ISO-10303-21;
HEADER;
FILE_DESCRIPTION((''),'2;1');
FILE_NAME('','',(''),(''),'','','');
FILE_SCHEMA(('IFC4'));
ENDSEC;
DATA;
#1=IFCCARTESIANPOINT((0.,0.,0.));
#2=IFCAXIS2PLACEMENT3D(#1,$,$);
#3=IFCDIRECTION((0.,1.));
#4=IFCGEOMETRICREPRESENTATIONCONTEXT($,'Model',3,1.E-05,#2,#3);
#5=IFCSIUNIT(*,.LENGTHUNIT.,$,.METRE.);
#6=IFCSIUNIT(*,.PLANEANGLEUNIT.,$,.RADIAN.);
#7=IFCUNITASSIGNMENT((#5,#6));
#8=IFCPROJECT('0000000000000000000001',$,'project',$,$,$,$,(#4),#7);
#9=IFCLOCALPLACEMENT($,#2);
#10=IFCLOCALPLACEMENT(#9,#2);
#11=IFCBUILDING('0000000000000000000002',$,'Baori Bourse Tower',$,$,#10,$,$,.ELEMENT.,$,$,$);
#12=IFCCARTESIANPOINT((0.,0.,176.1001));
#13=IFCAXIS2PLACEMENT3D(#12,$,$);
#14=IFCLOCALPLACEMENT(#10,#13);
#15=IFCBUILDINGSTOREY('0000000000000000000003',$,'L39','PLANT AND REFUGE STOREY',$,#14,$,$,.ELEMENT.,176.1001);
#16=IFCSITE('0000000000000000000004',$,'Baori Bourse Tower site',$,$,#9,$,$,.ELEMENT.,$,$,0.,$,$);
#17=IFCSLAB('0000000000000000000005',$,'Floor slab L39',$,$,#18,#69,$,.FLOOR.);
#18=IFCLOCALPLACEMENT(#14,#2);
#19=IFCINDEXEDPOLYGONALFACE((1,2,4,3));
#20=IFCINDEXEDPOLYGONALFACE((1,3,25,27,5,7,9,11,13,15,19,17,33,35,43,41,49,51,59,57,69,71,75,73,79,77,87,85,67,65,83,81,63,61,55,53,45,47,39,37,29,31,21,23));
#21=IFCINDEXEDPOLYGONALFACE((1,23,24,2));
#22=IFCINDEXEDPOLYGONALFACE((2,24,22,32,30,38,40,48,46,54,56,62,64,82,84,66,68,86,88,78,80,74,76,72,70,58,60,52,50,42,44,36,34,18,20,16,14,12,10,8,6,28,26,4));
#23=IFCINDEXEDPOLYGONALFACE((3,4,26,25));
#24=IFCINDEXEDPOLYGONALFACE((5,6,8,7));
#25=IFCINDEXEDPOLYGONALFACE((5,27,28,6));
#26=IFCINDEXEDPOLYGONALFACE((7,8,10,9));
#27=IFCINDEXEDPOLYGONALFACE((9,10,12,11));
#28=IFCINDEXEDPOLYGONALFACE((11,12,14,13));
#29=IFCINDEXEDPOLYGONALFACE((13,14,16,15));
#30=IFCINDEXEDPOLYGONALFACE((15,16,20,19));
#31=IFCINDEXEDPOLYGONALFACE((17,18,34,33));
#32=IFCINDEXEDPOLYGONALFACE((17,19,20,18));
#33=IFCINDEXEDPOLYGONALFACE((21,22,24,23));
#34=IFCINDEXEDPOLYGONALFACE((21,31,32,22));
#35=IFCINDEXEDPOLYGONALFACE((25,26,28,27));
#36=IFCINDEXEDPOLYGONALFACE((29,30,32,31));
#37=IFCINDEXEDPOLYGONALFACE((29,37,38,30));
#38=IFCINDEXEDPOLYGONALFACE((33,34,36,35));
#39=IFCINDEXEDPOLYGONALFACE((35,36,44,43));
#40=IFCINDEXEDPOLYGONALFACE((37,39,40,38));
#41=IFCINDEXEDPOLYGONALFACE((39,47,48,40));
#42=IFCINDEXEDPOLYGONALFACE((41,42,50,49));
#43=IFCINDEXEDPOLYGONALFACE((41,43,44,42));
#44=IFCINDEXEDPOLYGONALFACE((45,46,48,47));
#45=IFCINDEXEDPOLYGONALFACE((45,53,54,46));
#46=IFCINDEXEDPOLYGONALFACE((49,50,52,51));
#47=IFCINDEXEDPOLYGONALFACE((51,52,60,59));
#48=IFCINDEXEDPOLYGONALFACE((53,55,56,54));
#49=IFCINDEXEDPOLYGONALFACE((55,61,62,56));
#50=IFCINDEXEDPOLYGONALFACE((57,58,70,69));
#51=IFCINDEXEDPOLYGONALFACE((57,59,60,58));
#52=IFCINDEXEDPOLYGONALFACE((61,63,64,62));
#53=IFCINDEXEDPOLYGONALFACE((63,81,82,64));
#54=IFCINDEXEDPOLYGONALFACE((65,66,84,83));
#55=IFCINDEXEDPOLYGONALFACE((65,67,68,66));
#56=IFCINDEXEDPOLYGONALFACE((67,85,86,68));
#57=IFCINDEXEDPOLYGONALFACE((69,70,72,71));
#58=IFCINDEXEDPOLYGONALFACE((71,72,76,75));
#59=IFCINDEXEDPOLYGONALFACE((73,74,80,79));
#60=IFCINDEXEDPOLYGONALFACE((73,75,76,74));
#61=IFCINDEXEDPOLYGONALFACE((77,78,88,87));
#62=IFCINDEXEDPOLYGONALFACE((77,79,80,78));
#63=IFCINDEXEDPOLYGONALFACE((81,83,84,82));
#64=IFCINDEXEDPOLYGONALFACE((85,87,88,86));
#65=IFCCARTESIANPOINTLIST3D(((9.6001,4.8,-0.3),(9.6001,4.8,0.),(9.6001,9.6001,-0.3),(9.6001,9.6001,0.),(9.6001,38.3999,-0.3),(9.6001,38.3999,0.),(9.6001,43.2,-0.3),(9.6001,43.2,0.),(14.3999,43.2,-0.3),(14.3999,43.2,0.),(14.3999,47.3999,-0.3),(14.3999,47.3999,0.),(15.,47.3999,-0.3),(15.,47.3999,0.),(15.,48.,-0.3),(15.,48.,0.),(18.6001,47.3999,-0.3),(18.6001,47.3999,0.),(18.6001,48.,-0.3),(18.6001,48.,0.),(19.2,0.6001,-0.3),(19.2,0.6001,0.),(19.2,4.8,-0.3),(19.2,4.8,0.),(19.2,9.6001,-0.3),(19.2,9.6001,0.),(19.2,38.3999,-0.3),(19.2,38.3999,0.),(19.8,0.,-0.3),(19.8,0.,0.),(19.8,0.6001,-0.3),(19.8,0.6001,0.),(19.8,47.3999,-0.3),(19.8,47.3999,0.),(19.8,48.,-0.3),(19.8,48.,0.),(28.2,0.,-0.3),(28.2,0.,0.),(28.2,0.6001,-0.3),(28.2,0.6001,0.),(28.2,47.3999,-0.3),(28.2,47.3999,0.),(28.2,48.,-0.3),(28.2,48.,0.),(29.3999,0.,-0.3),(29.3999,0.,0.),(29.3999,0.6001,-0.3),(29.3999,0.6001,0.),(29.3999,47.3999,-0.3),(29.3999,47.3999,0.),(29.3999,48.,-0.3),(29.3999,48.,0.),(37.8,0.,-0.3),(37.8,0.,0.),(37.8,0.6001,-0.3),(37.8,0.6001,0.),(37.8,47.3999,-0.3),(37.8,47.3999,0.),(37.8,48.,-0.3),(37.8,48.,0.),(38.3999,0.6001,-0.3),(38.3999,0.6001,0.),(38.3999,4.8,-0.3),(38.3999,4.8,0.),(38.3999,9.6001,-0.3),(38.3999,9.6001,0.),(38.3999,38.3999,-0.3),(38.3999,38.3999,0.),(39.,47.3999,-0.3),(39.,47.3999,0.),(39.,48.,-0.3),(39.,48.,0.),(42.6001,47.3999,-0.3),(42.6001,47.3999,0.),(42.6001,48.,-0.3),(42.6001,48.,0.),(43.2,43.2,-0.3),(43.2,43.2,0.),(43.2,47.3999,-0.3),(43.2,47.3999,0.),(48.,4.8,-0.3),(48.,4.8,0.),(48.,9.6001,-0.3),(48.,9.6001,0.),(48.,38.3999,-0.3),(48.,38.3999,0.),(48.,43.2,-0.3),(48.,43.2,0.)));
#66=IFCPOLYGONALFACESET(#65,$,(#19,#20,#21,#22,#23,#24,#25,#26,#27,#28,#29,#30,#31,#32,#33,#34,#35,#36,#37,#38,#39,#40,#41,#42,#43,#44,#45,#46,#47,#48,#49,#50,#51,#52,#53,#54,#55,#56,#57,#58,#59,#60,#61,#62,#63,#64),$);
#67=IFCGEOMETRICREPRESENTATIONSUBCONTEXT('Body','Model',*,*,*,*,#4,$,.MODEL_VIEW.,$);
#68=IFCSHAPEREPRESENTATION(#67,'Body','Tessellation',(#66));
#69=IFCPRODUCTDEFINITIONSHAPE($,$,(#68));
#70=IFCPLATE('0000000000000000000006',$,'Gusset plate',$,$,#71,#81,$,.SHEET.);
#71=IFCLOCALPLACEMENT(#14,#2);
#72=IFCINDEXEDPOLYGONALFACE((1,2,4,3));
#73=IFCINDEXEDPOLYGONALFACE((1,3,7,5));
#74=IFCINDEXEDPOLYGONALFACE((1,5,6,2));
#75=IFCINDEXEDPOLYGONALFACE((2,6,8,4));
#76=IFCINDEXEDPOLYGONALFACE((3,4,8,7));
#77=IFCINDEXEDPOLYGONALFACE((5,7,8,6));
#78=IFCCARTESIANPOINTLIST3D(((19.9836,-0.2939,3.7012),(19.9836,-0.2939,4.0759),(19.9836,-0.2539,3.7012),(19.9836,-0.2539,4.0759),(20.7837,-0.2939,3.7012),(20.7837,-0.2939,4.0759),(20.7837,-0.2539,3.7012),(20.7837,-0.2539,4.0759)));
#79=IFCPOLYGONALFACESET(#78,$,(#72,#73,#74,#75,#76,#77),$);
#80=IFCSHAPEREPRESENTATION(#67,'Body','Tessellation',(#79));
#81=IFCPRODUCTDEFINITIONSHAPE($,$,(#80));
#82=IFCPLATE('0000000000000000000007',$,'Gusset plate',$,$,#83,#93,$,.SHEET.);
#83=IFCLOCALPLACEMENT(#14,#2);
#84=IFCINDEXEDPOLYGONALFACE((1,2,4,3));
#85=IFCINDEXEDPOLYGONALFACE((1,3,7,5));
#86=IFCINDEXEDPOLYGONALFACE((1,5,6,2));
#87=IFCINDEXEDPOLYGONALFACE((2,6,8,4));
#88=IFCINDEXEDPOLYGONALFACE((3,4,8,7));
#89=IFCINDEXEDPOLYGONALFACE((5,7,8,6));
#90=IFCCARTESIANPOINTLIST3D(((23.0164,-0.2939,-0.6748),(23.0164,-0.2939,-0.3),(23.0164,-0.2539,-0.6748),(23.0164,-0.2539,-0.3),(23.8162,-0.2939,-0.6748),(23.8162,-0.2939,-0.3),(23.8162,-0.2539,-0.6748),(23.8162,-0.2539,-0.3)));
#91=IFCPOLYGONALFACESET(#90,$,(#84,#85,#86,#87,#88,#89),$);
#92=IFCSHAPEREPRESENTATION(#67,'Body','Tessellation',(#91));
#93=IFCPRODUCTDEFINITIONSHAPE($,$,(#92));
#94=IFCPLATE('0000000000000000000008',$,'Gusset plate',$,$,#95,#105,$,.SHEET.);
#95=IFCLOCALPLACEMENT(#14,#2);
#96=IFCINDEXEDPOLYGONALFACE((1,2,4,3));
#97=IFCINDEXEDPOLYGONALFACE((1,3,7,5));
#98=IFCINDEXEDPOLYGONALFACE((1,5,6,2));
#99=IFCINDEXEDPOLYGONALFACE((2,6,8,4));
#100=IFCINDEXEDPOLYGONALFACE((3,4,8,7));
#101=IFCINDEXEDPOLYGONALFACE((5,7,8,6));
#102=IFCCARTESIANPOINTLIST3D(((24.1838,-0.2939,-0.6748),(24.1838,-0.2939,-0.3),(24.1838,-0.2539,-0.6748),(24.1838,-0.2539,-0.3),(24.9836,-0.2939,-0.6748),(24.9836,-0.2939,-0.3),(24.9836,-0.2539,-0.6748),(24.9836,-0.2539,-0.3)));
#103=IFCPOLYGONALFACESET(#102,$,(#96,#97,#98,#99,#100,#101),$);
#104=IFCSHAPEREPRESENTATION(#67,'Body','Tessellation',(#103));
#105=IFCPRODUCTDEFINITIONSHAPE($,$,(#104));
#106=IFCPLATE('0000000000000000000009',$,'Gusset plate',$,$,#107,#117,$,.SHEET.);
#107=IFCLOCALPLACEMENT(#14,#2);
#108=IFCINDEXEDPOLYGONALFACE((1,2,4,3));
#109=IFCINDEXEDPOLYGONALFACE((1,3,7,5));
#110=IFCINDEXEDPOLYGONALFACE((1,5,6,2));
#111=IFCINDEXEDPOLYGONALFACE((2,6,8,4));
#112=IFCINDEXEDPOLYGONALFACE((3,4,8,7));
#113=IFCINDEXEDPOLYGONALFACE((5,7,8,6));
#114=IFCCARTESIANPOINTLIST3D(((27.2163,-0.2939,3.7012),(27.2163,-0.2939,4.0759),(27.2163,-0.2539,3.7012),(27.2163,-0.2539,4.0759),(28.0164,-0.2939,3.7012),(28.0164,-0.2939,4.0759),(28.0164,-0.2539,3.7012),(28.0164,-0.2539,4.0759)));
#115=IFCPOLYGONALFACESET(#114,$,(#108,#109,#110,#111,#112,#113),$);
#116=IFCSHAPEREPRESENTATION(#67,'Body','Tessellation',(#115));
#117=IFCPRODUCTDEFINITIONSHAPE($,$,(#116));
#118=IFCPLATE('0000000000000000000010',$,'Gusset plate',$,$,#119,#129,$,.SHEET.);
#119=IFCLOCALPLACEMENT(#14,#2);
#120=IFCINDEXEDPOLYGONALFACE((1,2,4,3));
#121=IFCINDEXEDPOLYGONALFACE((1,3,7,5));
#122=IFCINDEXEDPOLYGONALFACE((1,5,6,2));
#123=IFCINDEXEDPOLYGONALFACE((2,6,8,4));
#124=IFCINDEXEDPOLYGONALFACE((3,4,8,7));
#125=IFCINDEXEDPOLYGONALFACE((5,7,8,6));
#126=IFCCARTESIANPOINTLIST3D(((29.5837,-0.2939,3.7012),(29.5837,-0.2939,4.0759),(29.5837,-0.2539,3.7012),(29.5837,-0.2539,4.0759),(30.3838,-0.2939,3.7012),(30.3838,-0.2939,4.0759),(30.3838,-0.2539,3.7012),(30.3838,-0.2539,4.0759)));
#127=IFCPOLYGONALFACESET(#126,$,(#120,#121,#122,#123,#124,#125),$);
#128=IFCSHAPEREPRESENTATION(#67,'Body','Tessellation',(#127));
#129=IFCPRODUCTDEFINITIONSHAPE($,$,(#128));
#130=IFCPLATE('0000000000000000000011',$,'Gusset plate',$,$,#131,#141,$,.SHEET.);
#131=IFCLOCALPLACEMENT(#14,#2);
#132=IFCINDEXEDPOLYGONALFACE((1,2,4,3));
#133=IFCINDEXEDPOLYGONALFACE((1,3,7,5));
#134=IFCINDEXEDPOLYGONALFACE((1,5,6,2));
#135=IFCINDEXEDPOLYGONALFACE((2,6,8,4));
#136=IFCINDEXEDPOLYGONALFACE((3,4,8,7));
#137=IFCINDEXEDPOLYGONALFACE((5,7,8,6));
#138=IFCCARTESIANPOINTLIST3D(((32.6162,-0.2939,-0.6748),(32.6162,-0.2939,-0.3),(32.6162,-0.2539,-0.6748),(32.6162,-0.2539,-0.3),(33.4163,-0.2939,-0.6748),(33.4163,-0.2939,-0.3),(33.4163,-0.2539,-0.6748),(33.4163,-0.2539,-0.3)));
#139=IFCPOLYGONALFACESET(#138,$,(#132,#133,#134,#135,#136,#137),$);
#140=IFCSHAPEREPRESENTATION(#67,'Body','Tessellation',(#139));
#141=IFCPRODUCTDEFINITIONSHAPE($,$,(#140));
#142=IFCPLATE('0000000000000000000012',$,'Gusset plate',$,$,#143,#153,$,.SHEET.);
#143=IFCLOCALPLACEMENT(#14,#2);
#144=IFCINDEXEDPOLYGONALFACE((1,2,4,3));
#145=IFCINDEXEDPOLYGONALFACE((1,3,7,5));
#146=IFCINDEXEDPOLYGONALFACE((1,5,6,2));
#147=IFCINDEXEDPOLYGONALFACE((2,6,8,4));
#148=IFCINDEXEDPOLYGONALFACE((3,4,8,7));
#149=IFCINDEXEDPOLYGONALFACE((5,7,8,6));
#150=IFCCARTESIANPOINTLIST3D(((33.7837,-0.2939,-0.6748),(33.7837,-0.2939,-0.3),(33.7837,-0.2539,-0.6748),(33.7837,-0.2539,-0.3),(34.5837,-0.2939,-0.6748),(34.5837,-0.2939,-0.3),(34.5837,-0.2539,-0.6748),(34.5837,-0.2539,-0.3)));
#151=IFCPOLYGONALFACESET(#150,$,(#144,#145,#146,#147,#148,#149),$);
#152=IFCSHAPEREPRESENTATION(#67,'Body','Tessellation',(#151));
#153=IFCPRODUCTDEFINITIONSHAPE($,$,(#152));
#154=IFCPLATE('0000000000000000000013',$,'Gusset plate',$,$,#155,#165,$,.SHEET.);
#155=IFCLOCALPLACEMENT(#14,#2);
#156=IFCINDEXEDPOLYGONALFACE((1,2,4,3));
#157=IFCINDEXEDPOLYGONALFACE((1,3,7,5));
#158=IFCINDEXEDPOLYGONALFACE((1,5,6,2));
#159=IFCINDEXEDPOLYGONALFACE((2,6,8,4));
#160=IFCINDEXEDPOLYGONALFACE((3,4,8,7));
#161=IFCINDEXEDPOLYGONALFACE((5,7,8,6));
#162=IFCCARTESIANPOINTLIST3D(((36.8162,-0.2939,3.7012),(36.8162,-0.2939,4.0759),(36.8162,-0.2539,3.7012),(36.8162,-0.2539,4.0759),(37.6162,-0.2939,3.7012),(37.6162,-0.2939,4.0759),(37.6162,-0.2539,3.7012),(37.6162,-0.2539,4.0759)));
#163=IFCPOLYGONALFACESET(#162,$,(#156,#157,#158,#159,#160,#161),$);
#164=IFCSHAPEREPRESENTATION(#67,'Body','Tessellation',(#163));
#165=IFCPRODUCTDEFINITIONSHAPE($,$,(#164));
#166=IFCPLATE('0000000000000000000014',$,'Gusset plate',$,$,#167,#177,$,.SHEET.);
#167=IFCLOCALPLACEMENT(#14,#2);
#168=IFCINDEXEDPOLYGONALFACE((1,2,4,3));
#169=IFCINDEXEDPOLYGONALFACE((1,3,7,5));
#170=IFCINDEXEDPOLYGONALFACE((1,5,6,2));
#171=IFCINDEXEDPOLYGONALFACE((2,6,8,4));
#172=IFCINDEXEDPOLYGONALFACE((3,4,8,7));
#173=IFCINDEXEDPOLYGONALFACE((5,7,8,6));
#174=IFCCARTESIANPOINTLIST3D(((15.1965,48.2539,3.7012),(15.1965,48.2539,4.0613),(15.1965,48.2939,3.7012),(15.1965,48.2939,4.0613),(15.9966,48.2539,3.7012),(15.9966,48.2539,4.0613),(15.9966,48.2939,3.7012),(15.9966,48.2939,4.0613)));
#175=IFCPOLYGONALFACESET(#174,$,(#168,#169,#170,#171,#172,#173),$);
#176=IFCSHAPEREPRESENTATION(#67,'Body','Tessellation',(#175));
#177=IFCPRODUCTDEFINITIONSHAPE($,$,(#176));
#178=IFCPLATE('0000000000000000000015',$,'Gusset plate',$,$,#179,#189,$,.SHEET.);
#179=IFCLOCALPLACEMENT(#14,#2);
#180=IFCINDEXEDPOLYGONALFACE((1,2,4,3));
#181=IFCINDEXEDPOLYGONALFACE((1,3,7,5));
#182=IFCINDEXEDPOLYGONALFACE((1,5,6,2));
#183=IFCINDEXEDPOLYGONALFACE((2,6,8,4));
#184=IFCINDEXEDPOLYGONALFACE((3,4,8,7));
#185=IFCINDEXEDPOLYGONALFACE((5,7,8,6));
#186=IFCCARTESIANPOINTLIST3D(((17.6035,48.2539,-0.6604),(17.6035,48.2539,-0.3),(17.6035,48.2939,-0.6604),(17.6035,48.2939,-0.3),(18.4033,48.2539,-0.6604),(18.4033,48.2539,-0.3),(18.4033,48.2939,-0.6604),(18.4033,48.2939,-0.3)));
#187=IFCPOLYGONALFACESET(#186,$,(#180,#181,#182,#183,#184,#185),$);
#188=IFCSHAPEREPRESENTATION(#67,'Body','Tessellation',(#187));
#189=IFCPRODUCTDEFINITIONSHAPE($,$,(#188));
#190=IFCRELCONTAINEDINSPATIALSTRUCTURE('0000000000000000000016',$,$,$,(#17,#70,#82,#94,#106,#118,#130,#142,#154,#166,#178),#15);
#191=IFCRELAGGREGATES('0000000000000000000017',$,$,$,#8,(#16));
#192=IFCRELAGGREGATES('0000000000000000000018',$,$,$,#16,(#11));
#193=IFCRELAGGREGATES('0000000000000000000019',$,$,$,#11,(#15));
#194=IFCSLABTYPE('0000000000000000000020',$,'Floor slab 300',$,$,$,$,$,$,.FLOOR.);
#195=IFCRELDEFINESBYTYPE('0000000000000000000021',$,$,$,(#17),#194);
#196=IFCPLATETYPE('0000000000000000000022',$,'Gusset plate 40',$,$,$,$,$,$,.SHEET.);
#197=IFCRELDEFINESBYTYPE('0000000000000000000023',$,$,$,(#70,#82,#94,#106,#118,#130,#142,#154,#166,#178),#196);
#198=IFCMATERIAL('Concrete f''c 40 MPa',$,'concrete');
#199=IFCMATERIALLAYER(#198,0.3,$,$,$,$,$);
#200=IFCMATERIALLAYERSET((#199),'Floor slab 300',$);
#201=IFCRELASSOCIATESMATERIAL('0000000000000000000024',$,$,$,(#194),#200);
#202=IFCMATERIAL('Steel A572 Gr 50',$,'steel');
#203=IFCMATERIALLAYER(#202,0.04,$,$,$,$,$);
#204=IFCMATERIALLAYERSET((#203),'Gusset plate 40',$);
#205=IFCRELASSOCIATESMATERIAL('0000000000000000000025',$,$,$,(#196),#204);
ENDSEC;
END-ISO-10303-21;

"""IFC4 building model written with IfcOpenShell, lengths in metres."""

from ifc_helpers import new_model, si_unit, direction, frame, origin, place, context, subcontext, project, spatial, polyline, outline, extrude, material, layer, layer_set, type_object, element, save


model = new_model("IFC4")

# Units and contexts
model_context = context("Model", 3, precision=1e-05, world=origin(), true_north=direction((0.0, 1.0)))
body_context = subcontext(model_context, "Body", "Model", "MODEL_VIEW")
ifc_project = project(units=[si_unit("LENGTHUNIT", "METRE"), si_unit("PLANEANGLEUNIT", "RADIAN")], contexts=[model_context])

# Site, building, storey
site_placement = place(None, origin())
site = spatial("IfcSite", under=ifc_project, at=site_placement, Name="Baori Bourse Tower site", CompositionType="ELEMENT", RefElevation=0.0)
building_placement = place(site_placement, origin())
building = spatial("IfcBuilding", under=site, at=building_placement, Name="Baori Bourse Tower", CompositionType="ELEMENT")
storey_placement = place(building_placement, frame((0.0, 0.0, 176.1001)))
storey = spatial("IfcBuildingStorey", under=building, at=storey_placement, Name="L39", Description="PLANT AND REFUGE STOREY", CompositionType="ELEMENT", Elevation=176.1001)

# Slab
ifc_material_1 = material(Name="Concrete f'c 40 MPa", Category="concrete")
ifc_layer_1 = layer(ifc_material_1, 0.3)
ifc_layer_set_1 = layer_set([ifc_layer_1], Name="Floor slab 300")
slab_type = type_object("IfcSlabType", Name="Floor slab 300", PredefinedType="FLOOR", material=ifc_layer_set_1)
slab_placement = place(storey_placement, frame((0.0, 0.0, -0.3)))
element("IfcSlab", 1, at=slab_placement, inside=storey, type_object=slab_type, Name="Floor slab L39", PredefinedType="FLOOR", context=body_context, shape_type="SweptSolid", body=[
    extrude(outline(polyline([(19.2, 4.8), (9.6001, 4.8), (9.6001, 9.6001), (19.2, 9.6001), (19.2, 38.3999), (9.6001, 38.3999), (9.6001, 43.2), (14.3999, 43.2), (14.3999, 47.3999), (15.0, 47.3999), (15.0, 48.0), (18.6001, 48.0), (18.6001, 47.3999), (19.8, 47.3999), (19.8, 48.0), (28.2, 48.0), (28.2, 47.3999), (29.3999, 47.3999), (29.3999, 48.0), (37.8, 48.0), (37.8, 47.3999), (39.0, 47.3999), (39.0, 48.0), (42.6001, 48.0), (42.6001, 47.3999), (43.2, 47.3999), (43.2, 43.2), (48.0, 43.2), (48.0, 38.3999), (38.3999, 38.3999), (38.3999, 9.6001), (48.0, 9.6001), (48.0, 4.8), (38.3999, 4.8), (38.3999, 0.6001), (37.8, 0.6001), (37.8, 0.0), (29.3999, 0.0), (29.3999, 0.6001), (28.2, 0.6001), (28.2, 0.0), (19.8, 0.0), (19.8, 0.6001), (19.2, 0.6001), (19.2, 4.8)])), origin(), (0.0, 0.0, 1.0), 0.3),
])

# Plates
ifc_material_2 = material(Name="Steel A572 Gr 50", Category="steel")
ifc_layer_2 = layer(ifc_material_2, 0.04)
ifc_layer_set_2 = layer_set([ifc_layer_2], Name="Gusset plate 40")
plate_type_1 = type_object("IfcPlateType", Name="Gusset plate 40", PredefinedType="SHEET", material=ifc_layer_set_2)
plate_1_placement = place(storey_placement, frame((0.0, 0.0, 3.7012)))
element("IfcPlate", 2, at=plate_1_placement, inside=storey, type_object=plate_type_1, Name="Gusset plate", PredefinedType="SHEET", context=body_context, shape_type="SweptSolid", body=[
    extrude(outline(polyline([(19.9836, -0.2939), (20.7837, -0.2939), (20.7837, -0.2539), (19.9836, -0.2539), (19.9836, -0.2939)])), origin(), (0.0, 0.0, 1.0), 0.3748),
])
plate_2_placement = place(storey_placement, frame((0.0, 0.0, -0.6748)))
element("IfcPlate", 3, at=plate_2_placement, inside=storey, type_object=plate_type_1, Name="Gusset plate", PredefinedType="SHEET", context=body_context, shape_type="SweptSolid", body=[
    extrude(outline(polyline([(23.0164, -0.2939), (23.8162, -0.2939), (23.8162, -0.2539), (23.0164, -0.2539), (23.0164, -0.2939)])), origin(), (0.0, 0.0, 1.0), 0.3748),
])
plate_3_placement = place(storey_placement, frame((0.0, 0.0, -0.6748)))
element("IfcPlate", 4, at=plate_3_placement, inside=storey, type_object=plate_type_1, Name="Gusset plate", PredefinedType="SHEET", context=body_context, shape_type="SweptSolid", body=[
    extrude(outline(polyline([(24.1838, -0.2939), (24.9836, -0.2939), (24.9836, -0.2539), (24.1838, -0.2539), (24.1838, -0.2939)])), origin(), (0.0, 0.0, 1.0), 0.3748),
])
plate_4_placement = place(storey_placement, frame((0.0, 0.0, 3.7012)))
element("IfcPlate", 5, at=plate_4_placement, inside=storey, type_object=plate_type_1, Name="Gusset plate", PredefinedType="SHEET", context=body_context, shape_type="SweptSolid", body=[
    extrude(outline(polyline([(27.2163, -0.2939), (28.0164, -0.2939), (28.0164, -0.2539), (27.2163, -0.2539), (27.2163, -0.2939)])), origin(), (0.0, 0.0, 1.0), 0.3748),
])
plate_5_placement = place(storey_placement, frame((0.0, 0.0, 3.7012)))
element("IfcPlate", 6, at=plate_5_placement, inside=storey, type_object=plate_type_1, Name="Gusset plate", PredefinedType="SHEET", context=body_context, shape_type="SweptSolid", body=[
    extrude(outline(polyline([(29.5837, -0.2939), (30.3838, -0.2939), (30.3838, -0.2539), (29.5837, -0.2539), (29.5837, -0.2939)])), origin(), (0.0, 0.0, 1.0), 0.3748),
])
plate_6_placement = place(storey_placement, frame((0.0, 0.0, -0.6748)))
element("IfcPlate", 7, at=plate_6_placement, inside=storey, type_object=plate_type_1, Name="Gusset plate", PredefinedType="SHEET", context=body_context, shape_type="SweptSolid", body=[
    extrude(outline(polyline([(32.6162, -0.2939), (33.4163, -0.2939), (33.4163, -0.2539), (32.6162, -0.2539), (32.6162, -0.2939)])), origin(), (0.0, 0.0, 1.0), 0.3748),
])
plate_7_placement = place(storey_placement, frame((0.0, 0.0, -0.6748)))
element("IfcPlate", 8, at=plate_7_placement, inside=storey, type_object=plate_type_1, Name="Gusset plate", PredefinedType="SHEET", context=body_context, shape_type="SweptSolid", body=[
    extrude(outline(polyline([(33.7837, -0.2939), (34.5837, -0.2939), (34.5837, -0.2539), (33.7837, -0.2539), (33.7837, -0.2939)])), origin(), (0.0, 0.0, 1.0), 0.3748),
])
plate_8_placement = place(storey_placement, frame((0.0, 0.0, 3.7012)))
element("IfcPlate", 9, at=plate_8_placement, inside=storey, type_object=plate_type_1, Name="Gusset plate", PredefinedType="SHEET", context=body_context, shape_type="SweptSolid", body=[
    extrude(outline(polyline([(36.8162, -0.2939), (37.6162, -0.2939), (37.6162, -0.2539), (36.8162, -0.2539), (36.8162, -0.2939)])), origin(), (0.0, 0.0, 1.0), 0.3748),
])
plate_9_placement = place(storey_placement, frame((0.0, 0.0, 3.7012)))
element("IfcPlate", 10, at=plate_9_placement, inside=storey, type_object=plate_type_1, Name="Gusset plate", PredefinedType="SHEET", context=body_context, shape_type="SweptSolid", body=[
    extrude(outline(polyline([(15.1965, 48.2539), (15.9966, 48.2539), (15.9966, 48.2939), (15.1965, 48.2939), (15.1965, 48.2539)])), origin(), (0.0, 0.0, 1.0), 0.3601),
])
plate_10_placement = place(storey_placement, frame((0.0, 0.0, -0.6604)))
element("IfcPlate", 11, at=plate_10_placement, inside=storey, type_object=plate_type_1, Name="Gusset plate", PredefinedType="SHEET", context=body_context, shape_type="SweptSolid", body=[
    extrude(outline(polyline([(17.6035, 48.2539), (18.4033, 48.2539), (18.4033, 48.2939), (17.6035, 48.2939), (17.6035, 48.2539)])), origin(), (0.0, 0.0, 1.0), 0.3604),
])

save(model, "model.ifc")
